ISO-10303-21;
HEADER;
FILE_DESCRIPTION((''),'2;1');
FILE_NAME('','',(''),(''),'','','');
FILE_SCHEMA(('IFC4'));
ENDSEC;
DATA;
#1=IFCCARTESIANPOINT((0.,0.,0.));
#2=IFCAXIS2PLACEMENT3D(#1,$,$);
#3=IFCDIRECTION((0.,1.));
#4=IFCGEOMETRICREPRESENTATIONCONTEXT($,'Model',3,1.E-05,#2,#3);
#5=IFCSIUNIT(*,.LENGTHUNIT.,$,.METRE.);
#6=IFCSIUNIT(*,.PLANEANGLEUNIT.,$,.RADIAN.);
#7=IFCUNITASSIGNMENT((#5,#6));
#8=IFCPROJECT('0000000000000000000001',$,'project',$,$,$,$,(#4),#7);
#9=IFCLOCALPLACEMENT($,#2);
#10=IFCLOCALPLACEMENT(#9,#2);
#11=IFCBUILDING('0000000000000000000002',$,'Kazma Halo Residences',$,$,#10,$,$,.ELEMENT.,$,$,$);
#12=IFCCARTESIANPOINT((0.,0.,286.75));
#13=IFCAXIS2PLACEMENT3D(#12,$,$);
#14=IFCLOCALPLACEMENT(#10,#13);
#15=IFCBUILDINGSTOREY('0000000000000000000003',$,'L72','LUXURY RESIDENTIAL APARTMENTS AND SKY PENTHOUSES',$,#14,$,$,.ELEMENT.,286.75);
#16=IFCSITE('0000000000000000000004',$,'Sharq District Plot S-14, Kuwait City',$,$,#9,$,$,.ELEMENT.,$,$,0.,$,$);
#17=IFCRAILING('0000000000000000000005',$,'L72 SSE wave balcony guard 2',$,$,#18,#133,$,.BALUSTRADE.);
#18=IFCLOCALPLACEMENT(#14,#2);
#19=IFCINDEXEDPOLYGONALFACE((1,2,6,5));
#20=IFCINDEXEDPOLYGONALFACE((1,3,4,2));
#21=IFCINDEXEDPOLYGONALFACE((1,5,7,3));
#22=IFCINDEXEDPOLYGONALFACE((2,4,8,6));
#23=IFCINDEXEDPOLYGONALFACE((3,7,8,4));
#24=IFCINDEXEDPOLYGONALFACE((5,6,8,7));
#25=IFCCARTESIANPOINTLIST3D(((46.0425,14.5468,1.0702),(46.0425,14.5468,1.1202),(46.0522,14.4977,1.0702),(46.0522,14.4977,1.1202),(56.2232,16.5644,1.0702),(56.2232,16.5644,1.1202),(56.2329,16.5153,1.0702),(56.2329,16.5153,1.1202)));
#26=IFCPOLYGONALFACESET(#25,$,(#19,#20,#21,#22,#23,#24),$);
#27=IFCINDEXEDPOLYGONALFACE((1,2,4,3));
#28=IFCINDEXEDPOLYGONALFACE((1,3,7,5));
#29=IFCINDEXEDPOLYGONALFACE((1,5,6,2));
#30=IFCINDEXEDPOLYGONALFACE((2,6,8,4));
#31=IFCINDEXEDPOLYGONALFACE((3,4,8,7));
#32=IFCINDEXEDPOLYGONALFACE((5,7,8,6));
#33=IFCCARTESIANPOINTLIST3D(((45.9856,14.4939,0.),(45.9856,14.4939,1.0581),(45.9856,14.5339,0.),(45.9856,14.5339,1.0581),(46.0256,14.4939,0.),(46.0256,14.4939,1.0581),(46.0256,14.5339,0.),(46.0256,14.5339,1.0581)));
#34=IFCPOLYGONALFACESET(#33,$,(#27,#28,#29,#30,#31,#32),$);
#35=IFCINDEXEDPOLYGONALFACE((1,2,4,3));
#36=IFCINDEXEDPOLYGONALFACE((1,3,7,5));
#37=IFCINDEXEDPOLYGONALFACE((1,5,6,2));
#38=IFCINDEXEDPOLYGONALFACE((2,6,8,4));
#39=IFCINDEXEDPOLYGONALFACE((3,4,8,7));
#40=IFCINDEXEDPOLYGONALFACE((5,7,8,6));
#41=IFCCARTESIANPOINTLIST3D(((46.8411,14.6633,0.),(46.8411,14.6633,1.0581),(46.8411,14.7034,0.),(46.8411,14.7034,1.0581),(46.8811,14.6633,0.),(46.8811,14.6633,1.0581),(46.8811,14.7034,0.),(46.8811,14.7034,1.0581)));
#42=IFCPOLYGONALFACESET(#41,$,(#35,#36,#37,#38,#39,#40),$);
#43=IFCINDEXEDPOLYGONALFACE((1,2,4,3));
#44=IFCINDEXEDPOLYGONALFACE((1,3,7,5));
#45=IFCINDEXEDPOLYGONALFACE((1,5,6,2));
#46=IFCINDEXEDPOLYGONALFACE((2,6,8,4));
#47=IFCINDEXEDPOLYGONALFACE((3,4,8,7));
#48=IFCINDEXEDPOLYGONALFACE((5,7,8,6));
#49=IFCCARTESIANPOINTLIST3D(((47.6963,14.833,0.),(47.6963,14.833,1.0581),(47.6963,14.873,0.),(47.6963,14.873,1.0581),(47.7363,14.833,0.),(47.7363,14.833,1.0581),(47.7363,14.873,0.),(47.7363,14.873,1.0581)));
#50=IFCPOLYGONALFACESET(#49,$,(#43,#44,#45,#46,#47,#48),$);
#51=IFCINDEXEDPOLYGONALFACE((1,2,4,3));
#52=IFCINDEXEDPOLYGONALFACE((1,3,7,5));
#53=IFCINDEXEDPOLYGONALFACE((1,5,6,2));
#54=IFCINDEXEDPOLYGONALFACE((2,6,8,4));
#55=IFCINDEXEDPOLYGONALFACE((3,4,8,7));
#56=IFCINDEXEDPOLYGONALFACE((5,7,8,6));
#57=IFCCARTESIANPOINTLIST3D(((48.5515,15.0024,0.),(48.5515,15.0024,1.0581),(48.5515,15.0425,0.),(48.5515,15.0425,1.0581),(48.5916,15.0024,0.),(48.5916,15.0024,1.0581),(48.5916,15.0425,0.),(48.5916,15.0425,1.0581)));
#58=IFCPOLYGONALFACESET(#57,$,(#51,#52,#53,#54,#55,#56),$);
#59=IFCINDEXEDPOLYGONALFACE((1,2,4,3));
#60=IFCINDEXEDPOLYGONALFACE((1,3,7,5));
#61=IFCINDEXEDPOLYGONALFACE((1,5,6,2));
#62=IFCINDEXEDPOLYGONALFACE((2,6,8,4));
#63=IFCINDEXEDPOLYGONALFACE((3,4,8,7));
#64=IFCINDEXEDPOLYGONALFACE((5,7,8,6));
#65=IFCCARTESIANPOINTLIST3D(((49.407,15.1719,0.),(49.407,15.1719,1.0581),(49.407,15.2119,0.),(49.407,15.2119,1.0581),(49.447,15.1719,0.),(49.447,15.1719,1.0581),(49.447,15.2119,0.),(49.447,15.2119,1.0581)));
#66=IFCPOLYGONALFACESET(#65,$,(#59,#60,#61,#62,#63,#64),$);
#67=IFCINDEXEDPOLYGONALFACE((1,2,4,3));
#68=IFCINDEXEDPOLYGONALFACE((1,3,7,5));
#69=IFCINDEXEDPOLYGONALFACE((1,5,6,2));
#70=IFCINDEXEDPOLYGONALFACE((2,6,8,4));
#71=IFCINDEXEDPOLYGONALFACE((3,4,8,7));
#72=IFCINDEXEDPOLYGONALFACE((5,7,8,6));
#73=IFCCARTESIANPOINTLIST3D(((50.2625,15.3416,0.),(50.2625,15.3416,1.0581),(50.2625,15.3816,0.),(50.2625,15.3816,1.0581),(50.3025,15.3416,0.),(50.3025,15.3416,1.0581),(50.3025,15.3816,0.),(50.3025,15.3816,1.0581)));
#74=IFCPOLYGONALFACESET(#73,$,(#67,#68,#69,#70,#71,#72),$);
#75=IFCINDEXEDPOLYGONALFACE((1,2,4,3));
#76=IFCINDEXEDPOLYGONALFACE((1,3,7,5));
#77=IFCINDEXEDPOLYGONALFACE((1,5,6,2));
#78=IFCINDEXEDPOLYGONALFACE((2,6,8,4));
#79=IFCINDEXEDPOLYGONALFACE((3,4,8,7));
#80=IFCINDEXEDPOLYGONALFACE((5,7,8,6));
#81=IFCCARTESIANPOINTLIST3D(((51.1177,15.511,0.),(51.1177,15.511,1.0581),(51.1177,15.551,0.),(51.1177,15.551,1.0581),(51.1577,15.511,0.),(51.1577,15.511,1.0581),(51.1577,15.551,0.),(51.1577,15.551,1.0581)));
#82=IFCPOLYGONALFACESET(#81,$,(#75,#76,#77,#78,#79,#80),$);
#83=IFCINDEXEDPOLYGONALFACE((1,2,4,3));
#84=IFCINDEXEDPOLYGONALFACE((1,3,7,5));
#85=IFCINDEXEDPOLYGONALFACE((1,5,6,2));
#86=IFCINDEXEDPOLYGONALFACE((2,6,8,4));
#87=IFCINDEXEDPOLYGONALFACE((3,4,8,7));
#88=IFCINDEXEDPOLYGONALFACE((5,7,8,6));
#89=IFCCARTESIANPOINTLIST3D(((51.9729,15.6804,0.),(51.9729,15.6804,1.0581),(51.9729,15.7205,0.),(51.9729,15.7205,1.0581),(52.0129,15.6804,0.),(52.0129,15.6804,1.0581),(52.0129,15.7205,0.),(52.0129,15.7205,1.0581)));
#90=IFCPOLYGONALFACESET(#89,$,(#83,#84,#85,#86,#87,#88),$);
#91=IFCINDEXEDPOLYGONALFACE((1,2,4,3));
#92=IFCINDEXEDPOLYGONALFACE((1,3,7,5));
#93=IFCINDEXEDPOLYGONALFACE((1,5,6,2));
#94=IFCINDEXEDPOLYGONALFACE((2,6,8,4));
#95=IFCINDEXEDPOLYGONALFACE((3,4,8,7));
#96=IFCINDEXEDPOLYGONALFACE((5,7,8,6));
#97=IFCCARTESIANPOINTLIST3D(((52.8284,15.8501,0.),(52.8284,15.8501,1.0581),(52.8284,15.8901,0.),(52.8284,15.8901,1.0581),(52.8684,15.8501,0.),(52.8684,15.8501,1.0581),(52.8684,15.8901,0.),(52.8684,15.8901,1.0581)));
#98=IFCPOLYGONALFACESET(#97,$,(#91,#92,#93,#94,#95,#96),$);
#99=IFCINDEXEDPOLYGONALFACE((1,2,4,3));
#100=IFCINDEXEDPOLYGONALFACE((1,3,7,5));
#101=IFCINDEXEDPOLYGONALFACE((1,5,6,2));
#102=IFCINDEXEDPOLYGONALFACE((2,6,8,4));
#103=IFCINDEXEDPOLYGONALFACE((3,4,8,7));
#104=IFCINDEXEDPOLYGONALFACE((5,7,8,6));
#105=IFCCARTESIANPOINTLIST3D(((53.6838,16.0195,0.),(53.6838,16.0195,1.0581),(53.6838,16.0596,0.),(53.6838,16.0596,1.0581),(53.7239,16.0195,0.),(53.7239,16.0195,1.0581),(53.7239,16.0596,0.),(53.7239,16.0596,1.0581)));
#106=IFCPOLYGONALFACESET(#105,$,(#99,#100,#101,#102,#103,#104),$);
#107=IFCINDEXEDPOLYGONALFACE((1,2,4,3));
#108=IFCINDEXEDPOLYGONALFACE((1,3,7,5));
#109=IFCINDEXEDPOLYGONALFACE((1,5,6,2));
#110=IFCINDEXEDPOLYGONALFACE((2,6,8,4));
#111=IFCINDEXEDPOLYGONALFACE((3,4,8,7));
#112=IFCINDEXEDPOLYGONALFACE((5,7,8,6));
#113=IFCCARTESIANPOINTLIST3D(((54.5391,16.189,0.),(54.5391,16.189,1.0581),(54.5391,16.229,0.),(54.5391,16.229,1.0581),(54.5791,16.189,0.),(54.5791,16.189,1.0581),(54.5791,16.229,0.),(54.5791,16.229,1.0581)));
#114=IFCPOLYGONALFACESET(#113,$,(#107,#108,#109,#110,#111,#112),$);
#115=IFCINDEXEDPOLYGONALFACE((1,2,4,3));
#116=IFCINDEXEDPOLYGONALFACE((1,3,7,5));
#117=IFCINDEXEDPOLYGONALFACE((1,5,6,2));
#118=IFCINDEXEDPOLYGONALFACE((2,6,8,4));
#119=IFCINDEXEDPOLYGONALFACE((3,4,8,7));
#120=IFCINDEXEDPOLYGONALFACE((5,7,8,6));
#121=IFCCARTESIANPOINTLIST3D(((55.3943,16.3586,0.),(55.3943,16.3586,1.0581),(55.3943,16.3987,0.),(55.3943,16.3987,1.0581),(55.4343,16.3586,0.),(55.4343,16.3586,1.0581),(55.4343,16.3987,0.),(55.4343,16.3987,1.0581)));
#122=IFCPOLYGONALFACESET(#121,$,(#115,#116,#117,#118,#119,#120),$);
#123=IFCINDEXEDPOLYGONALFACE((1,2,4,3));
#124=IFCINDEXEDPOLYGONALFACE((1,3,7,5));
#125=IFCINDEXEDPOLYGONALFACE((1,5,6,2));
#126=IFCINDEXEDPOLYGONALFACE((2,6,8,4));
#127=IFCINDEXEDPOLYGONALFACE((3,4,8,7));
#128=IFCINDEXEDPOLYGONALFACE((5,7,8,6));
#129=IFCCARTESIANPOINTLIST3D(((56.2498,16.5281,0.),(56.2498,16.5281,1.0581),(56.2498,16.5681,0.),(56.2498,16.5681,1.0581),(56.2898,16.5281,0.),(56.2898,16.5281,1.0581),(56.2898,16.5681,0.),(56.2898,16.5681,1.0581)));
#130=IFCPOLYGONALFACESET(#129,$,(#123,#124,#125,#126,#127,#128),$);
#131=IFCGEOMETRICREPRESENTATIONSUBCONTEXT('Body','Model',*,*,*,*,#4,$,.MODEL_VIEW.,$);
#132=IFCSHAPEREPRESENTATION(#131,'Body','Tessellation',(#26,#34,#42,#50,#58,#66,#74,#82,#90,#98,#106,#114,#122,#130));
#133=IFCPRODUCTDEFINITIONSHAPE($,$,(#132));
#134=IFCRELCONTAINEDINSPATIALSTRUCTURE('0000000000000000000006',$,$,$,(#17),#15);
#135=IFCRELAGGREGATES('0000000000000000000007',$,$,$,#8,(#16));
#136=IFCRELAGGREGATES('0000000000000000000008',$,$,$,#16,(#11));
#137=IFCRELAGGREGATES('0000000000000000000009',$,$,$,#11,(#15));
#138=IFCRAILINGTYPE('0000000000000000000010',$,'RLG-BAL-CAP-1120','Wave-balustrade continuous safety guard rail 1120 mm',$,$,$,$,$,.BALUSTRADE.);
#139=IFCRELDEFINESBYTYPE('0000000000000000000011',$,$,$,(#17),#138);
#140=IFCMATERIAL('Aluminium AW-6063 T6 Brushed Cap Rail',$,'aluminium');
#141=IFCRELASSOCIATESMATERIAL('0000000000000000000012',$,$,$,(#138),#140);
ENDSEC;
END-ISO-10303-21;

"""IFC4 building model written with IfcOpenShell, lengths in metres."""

from ifc_helpers import new_model, si_unit, direction, frame, origin, origin_2d, place, context, subcontext, project, spatial, rectangle, extrude, material, type_object, element, save


model = new_model("IFC4")

# Units and contexts
model_context = context("Model", 3, precision=1e-05, world=origin(), true_north=direction((0.0, 1.0)))
body_context = subcontext(model_context, "Body", "Model", "MODEL_VIEW")
ifc_project = project(units=[si_unit("LENGTHUNIT", "METRE"), si_unit("PLANEANGLEUNIT", "RADIAN")], contexts=[model_context])

# Site, building, storey
site_placement = place(None, origin())
site = spatial("IfcSite", under=ifc_project, at=site_placement, Name="Sharq District Plot S-14, Kuwait City", CompositionType="ELEMENT", RefElevation=0.0)
building_placement = place(site_placement, origin())
building = spatial("IfcBuilding", under=site, at=building_placement, Name="Kazma Halo Residences", CompositionType="ELEMENT")
storey_placement = place(building_placement, frame((0.0, 0.0, 286.75)))
storey = spatial("IfcBuildingStorey", under=building, at=storey_placement, Name="L72", Description="LUXURY RESIDENTIAL APARTMENTS AND SKY PENTHOUSES", CompositionType="ELEMENT", Elevation=286.75)

# Railing
ifc_material_1 = material(Name="Aluminium AW-6063 T6 Brushed Cap Rail", Category="aluminium")
railing_type = type_object("IfcRailingType", Name="RLG-BAL-CAP-1120", Description="Wave-balustrade continuous safety guard rail 1120 mm", PredefinedType="BALUSTRADE", material=ifc_material_1)
railing_1_placement = place(storey_placement, frame((46.0056, 14.5139, 0.0)))
element("IfcRailing", 1, at=railing_1_placement, inside=storey, type_object=railing_type, Name="L72 SSE wave balcony guard 2", PredefinedType="BALUSTRADE", context=body_context, shape_type="SweptSolid", body=[
    extrude(rectangle(XDim=0.05, YDim=0.05, at=origin_2d()), frame((0.0417, 0.0083, 1.0952), z_axis=(0.980922, 0.194402, 0.0), x_axis=(-0.194402, 0.980922, 0.0)), (0.0, 0.0, 1.0), 10.3787),
    extrude(rectangle(XDim=0.04, YDim=0.04, at=origin_2d()), origin(), (0.0, 0.0, 1.0), 1.0581),
    extrude(rectangle(XDim=0.04, YDim=0.04, at=origin_2d()), frame((0.8555, 0.1694, 0.0)), (0.0, 0.0, 1.0), 1.0581),
    extrude(rectangle(XDim=0.04, YDim=0.04, at=origin_2d()), frame((1.7107, 0.3391, 0.0)), (0.0, 0.0, 1.0), 1.0581),
    extrude(rectangle(XDim=0.04, YDim=0.04, at=origin_2d()), frame((2.5659, 0.5085, 0.0)), (0.0, 0.0, 1.0), 1.0581),
    extrude(rectangle(XDim=0.04, YDim=0.04, at=origin_2d()), frame((3.4214, 0.678, 0.0)), (0.0, 0.0, 1.0), 1.0581),
    extrude(rectangle(XDim=0.04, YDim=0.04, at=origin_2d()), frame((4.2769, 0.8477, 0.0)), (0.0, 0.0, 1.0), 1.0581),
    extrude(rectangle(XDim=0.04, YDim=0.04, at=origin_2d()), frame((5.1321, 1.0171, 0.0)), (0.0, 0.0, 1.0), 1.0581),
    extrude(rectangle(XDim=0.04, YDim=0.04, at=origin_2d()), frame((5.9873, 1.1865, 0.0)), (0.0, 0.0, 1.0), 1.0581),
    extrude(rectangle(XDim=0.04, YDim=0.04, at=origin_2d()), frame((6.8428, 1.3562, 0.0)), (0.0, 0.0, 1.0), 1.0581),
    extrude(rectangle(XDim=0.04, YDim=0.04, at=origin_2d()), frame((7.6982, 1.5256, 0.0)), (0.0, 0.0, 1.0), 1.0581),
    extrude(rectangle(XDim=0.04, YDim=0.04, at=origin_2d()), frame((8.5535, 1.6951, 0.0)), (0.0, 0.0, 1.0), 1.0581),
    extrude(rectangle(XDim=0.04, YDim=0.04, at=origin_2d()), frame((9.4087, 1.8647, 0.0)), (0.0, 0.0, 1.0), 1.0581),
    extrude(rectangle(XDim=0.04, YDim=0.04, at=origin_2d()), frame((10.2642, 2.0342, 0.0)), (0.0, 0.0, 1.0), 1.0581),
])

save(model, "model.ifc")
